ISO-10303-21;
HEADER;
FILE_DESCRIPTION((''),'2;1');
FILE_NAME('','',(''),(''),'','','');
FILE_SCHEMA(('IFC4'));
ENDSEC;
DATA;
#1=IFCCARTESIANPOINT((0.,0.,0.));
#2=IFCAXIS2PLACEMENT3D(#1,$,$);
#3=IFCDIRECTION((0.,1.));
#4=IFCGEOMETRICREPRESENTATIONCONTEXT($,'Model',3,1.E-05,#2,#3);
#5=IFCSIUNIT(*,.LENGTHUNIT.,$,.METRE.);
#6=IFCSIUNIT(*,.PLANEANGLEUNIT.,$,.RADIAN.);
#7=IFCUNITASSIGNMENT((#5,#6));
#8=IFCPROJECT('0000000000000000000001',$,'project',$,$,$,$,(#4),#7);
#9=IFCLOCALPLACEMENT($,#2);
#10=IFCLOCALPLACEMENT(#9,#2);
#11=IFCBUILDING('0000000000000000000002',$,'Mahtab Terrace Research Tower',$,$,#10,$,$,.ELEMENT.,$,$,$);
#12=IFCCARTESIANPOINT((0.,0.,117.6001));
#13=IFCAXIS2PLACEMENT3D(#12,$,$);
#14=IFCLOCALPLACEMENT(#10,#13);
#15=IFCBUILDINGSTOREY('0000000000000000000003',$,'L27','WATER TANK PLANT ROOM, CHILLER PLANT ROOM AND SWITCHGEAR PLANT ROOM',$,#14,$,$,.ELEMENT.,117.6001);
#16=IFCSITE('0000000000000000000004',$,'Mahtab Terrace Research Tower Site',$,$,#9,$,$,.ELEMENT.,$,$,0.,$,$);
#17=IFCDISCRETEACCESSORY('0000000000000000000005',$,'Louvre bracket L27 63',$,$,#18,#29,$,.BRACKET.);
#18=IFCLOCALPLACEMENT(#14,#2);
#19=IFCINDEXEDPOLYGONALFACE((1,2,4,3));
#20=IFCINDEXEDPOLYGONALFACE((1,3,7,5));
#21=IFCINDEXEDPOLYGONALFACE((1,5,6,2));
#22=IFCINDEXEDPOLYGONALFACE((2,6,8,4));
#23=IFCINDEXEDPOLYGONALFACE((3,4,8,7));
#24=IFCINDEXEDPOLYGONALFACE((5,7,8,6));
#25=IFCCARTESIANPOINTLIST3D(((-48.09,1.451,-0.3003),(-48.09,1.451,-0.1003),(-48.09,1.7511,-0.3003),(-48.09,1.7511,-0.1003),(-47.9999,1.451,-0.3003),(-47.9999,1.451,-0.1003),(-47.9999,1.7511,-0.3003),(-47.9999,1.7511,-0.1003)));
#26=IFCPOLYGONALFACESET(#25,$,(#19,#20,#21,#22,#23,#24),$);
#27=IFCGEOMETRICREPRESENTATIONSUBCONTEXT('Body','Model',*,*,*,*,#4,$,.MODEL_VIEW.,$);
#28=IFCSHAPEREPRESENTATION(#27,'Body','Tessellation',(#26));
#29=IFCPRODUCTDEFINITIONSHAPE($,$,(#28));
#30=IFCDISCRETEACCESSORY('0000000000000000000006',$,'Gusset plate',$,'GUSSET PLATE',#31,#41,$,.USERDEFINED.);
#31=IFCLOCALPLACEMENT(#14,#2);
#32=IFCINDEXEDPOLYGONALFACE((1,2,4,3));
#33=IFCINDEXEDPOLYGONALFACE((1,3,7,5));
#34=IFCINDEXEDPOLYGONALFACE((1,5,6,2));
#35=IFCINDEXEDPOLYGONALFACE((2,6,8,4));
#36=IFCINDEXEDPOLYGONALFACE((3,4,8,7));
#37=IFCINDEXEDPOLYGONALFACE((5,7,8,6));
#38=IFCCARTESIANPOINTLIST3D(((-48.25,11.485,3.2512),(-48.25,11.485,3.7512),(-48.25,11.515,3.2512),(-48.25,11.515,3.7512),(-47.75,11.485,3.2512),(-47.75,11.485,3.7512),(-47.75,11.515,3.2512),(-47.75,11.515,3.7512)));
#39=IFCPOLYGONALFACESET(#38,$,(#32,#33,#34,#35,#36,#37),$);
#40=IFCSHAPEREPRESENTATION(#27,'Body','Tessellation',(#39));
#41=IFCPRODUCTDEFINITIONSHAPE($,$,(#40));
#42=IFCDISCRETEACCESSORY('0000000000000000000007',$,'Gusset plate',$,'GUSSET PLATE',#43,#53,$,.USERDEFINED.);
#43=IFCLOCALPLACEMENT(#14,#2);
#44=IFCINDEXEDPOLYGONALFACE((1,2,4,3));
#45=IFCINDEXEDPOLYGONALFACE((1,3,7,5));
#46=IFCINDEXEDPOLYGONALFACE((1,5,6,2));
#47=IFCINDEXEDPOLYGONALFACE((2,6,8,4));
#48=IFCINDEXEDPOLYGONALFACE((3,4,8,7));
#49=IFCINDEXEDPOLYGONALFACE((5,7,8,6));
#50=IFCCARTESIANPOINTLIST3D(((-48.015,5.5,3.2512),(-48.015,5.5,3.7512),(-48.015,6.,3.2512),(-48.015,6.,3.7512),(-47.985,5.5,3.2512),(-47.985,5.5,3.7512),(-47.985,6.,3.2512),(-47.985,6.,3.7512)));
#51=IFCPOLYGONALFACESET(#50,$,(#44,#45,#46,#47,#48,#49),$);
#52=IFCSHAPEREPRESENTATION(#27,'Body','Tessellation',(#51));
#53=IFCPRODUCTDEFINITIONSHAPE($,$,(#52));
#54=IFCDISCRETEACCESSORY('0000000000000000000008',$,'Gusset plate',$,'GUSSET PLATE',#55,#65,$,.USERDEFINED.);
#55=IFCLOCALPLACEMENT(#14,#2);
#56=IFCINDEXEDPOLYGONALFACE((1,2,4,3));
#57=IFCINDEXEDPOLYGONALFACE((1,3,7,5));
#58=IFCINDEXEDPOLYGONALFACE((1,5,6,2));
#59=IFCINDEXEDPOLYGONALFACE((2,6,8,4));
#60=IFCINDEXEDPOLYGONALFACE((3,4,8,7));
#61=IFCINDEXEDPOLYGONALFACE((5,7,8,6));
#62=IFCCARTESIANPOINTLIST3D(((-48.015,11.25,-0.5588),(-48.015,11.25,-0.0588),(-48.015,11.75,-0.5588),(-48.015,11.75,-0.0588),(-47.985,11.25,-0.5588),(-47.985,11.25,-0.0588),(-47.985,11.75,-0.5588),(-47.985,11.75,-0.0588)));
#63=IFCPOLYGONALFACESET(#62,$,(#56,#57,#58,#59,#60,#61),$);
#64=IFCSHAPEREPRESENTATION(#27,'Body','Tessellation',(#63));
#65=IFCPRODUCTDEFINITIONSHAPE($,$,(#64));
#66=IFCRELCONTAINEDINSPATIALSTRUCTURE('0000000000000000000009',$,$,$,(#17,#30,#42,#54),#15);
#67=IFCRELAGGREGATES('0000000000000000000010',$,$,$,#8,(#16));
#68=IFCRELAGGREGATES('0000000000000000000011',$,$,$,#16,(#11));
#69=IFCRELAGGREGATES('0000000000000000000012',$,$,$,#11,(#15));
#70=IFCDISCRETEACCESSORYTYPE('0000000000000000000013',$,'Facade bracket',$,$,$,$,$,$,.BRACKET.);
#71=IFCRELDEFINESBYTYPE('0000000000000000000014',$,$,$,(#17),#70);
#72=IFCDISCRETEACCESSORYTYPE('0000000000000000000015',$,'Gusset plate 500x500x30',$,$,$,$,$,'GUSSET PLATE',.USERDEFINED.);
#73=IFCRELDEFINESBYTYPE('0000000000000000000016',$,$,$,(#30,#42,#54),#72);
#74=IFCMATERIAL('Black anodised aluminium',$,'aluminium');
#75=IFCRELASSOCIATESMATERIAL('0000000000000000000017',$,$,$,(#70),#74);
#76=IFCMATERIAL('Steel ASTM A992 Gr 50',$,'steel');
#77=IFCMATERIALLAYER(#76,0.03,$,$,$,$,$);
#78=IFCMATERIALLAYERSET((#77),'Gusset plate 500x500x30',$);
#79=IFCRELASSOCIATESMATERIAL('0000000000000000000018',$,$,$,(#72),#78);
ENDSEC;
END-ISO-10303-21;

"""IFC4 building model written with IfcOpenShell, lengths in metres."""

from ifc_helpers import new_model, si_unit, direction, frame, origin, origin_2d, place, context, subcontext, project, spatial, rectangle, extrude, material, layer, layer_set, type_object, element, save


model = new_model("IFC4")

# Units and contexts
model_context = context("Model", 3, precision=1e-05, world=origin(), true_north=direction((0.0, 1.0)))
body_context = subcontext(model_context, "Body", "Model", "MODEL_VIEW")
ifc_project = project(units=[si_unit("LENGTHUNIT", "METRE"), si_unit("PLANEANGLEUNIT", "RADIAN")], contexts=[model_context])

# Site, building, storey
site_placement = place(None, origin())
site = spatial("IfcSite", under=ifc_project, at=site_placement, Name="Mahtab Terrace Research Tower Site", CompositionType="ELEMENT", RefElevation=0.0)
building_placement = place(site_placement, origin())
building = spatial("IfcBuilding", under=site, at=building_placement, Name="Mahtab Terrace Research Tower", CompositionType="ELEMENT")
storey_placement = place(building_placement, frame((0.0, 0.0, 117.6001)))
storey = spatial("IfcBuildingStorey", under=building, at=storey_placement, Name="L27", Description="WATER TANK PLANT ROOM, CHILLER PLANT ROOM AND SWITCHGEAR PLANT ROOM", CompositionType="ELEMENT", Elevation=117.6001)

# Shared definitions
ifc_material_1 = material(Name="Steel ASTM A992 Gr 50", Category="steel")

# Discrete accessories
ifc_material_2 = material(Name="Black anodised aluminium", Category="aluminium")
discrete_accessory_type_1 = type_object("IfcDiscreteAccessoryType", Name="Facade bracket", PredefinedType="BRACKET", material=ifc_material_2)
for number, where, z_axis, x_axis, name in (
    (1, (-48.0449, 1.6011, -0.3003), (0.0, 0.0, 1.0), (0.0, -1.0, 0.0), "Louvre bracket L27 63"),
):
    element("IfcDiscreteAccessory", number, at=place(storey_placement, frame(where, z_axis=z_axis, x_axis=x_axis)), inside=storey, type_object=discrete_accessory_type_1, Name=name, PredefinedType="BRACKET", context=body_context, shape_type="SweptSolid", body=[
        extrude(rectangle(XDim=0.3, YDim=0.0901, at=origin_2d()), origin(), (0.0, 0.0, 1.0), 0.2),
    ])
ifc_layer_1 = layer(ifc_material_1, 0.03)
ifc_layer_set_1 = layer_set([ifc_layer_1], Name="Gusset plate 500x500x30")
discrete_accessory_type_2 = type_object("IfcDiscreteAccessoryType", Name="Gusset plate 500x500x30", ElementType="GUSSET PLATE", PredefinedType="USERDEFINED", material=ifc_layer_set_1)
for number, where, z_axis, x_axis, name in (
    (2, (-48.0, 11.5, 3.2512), (0.0, 0.0, 1.0), (1.0, 0.0, 0.0), "Gusset plate"),
    (3, (-48.0, 5.75, 3.2512), (0.0, 0.0, 1.0), (0.0, 1.0, 0.0), "Gusset plate"),
    (4, (-48.0, 11.5, -0.5588), (0.0, 0.0, 1.0), (0.0, 1.0, 0.0), "Gusset plate"),
):
    element("IfcDiscreteAccessory", number, at=place(storey_placement, frame(where, z_axis=z_axis, x_axis=x_axis)), inside=storey, type_object=discrete_accessory_type_2, Name=name, ObjectType="GUSSET PLATE", PredefinedType="USERDEFINED", context=body_context, shape_type="SweptSolid", body=[
        extrude(rectangle(XDim=0.5, YDim=0.03, at=origin_2d()), origin(), (0.0, 0.0, 1.0), 0.5),
    ])

save(model, "model.ifc")
